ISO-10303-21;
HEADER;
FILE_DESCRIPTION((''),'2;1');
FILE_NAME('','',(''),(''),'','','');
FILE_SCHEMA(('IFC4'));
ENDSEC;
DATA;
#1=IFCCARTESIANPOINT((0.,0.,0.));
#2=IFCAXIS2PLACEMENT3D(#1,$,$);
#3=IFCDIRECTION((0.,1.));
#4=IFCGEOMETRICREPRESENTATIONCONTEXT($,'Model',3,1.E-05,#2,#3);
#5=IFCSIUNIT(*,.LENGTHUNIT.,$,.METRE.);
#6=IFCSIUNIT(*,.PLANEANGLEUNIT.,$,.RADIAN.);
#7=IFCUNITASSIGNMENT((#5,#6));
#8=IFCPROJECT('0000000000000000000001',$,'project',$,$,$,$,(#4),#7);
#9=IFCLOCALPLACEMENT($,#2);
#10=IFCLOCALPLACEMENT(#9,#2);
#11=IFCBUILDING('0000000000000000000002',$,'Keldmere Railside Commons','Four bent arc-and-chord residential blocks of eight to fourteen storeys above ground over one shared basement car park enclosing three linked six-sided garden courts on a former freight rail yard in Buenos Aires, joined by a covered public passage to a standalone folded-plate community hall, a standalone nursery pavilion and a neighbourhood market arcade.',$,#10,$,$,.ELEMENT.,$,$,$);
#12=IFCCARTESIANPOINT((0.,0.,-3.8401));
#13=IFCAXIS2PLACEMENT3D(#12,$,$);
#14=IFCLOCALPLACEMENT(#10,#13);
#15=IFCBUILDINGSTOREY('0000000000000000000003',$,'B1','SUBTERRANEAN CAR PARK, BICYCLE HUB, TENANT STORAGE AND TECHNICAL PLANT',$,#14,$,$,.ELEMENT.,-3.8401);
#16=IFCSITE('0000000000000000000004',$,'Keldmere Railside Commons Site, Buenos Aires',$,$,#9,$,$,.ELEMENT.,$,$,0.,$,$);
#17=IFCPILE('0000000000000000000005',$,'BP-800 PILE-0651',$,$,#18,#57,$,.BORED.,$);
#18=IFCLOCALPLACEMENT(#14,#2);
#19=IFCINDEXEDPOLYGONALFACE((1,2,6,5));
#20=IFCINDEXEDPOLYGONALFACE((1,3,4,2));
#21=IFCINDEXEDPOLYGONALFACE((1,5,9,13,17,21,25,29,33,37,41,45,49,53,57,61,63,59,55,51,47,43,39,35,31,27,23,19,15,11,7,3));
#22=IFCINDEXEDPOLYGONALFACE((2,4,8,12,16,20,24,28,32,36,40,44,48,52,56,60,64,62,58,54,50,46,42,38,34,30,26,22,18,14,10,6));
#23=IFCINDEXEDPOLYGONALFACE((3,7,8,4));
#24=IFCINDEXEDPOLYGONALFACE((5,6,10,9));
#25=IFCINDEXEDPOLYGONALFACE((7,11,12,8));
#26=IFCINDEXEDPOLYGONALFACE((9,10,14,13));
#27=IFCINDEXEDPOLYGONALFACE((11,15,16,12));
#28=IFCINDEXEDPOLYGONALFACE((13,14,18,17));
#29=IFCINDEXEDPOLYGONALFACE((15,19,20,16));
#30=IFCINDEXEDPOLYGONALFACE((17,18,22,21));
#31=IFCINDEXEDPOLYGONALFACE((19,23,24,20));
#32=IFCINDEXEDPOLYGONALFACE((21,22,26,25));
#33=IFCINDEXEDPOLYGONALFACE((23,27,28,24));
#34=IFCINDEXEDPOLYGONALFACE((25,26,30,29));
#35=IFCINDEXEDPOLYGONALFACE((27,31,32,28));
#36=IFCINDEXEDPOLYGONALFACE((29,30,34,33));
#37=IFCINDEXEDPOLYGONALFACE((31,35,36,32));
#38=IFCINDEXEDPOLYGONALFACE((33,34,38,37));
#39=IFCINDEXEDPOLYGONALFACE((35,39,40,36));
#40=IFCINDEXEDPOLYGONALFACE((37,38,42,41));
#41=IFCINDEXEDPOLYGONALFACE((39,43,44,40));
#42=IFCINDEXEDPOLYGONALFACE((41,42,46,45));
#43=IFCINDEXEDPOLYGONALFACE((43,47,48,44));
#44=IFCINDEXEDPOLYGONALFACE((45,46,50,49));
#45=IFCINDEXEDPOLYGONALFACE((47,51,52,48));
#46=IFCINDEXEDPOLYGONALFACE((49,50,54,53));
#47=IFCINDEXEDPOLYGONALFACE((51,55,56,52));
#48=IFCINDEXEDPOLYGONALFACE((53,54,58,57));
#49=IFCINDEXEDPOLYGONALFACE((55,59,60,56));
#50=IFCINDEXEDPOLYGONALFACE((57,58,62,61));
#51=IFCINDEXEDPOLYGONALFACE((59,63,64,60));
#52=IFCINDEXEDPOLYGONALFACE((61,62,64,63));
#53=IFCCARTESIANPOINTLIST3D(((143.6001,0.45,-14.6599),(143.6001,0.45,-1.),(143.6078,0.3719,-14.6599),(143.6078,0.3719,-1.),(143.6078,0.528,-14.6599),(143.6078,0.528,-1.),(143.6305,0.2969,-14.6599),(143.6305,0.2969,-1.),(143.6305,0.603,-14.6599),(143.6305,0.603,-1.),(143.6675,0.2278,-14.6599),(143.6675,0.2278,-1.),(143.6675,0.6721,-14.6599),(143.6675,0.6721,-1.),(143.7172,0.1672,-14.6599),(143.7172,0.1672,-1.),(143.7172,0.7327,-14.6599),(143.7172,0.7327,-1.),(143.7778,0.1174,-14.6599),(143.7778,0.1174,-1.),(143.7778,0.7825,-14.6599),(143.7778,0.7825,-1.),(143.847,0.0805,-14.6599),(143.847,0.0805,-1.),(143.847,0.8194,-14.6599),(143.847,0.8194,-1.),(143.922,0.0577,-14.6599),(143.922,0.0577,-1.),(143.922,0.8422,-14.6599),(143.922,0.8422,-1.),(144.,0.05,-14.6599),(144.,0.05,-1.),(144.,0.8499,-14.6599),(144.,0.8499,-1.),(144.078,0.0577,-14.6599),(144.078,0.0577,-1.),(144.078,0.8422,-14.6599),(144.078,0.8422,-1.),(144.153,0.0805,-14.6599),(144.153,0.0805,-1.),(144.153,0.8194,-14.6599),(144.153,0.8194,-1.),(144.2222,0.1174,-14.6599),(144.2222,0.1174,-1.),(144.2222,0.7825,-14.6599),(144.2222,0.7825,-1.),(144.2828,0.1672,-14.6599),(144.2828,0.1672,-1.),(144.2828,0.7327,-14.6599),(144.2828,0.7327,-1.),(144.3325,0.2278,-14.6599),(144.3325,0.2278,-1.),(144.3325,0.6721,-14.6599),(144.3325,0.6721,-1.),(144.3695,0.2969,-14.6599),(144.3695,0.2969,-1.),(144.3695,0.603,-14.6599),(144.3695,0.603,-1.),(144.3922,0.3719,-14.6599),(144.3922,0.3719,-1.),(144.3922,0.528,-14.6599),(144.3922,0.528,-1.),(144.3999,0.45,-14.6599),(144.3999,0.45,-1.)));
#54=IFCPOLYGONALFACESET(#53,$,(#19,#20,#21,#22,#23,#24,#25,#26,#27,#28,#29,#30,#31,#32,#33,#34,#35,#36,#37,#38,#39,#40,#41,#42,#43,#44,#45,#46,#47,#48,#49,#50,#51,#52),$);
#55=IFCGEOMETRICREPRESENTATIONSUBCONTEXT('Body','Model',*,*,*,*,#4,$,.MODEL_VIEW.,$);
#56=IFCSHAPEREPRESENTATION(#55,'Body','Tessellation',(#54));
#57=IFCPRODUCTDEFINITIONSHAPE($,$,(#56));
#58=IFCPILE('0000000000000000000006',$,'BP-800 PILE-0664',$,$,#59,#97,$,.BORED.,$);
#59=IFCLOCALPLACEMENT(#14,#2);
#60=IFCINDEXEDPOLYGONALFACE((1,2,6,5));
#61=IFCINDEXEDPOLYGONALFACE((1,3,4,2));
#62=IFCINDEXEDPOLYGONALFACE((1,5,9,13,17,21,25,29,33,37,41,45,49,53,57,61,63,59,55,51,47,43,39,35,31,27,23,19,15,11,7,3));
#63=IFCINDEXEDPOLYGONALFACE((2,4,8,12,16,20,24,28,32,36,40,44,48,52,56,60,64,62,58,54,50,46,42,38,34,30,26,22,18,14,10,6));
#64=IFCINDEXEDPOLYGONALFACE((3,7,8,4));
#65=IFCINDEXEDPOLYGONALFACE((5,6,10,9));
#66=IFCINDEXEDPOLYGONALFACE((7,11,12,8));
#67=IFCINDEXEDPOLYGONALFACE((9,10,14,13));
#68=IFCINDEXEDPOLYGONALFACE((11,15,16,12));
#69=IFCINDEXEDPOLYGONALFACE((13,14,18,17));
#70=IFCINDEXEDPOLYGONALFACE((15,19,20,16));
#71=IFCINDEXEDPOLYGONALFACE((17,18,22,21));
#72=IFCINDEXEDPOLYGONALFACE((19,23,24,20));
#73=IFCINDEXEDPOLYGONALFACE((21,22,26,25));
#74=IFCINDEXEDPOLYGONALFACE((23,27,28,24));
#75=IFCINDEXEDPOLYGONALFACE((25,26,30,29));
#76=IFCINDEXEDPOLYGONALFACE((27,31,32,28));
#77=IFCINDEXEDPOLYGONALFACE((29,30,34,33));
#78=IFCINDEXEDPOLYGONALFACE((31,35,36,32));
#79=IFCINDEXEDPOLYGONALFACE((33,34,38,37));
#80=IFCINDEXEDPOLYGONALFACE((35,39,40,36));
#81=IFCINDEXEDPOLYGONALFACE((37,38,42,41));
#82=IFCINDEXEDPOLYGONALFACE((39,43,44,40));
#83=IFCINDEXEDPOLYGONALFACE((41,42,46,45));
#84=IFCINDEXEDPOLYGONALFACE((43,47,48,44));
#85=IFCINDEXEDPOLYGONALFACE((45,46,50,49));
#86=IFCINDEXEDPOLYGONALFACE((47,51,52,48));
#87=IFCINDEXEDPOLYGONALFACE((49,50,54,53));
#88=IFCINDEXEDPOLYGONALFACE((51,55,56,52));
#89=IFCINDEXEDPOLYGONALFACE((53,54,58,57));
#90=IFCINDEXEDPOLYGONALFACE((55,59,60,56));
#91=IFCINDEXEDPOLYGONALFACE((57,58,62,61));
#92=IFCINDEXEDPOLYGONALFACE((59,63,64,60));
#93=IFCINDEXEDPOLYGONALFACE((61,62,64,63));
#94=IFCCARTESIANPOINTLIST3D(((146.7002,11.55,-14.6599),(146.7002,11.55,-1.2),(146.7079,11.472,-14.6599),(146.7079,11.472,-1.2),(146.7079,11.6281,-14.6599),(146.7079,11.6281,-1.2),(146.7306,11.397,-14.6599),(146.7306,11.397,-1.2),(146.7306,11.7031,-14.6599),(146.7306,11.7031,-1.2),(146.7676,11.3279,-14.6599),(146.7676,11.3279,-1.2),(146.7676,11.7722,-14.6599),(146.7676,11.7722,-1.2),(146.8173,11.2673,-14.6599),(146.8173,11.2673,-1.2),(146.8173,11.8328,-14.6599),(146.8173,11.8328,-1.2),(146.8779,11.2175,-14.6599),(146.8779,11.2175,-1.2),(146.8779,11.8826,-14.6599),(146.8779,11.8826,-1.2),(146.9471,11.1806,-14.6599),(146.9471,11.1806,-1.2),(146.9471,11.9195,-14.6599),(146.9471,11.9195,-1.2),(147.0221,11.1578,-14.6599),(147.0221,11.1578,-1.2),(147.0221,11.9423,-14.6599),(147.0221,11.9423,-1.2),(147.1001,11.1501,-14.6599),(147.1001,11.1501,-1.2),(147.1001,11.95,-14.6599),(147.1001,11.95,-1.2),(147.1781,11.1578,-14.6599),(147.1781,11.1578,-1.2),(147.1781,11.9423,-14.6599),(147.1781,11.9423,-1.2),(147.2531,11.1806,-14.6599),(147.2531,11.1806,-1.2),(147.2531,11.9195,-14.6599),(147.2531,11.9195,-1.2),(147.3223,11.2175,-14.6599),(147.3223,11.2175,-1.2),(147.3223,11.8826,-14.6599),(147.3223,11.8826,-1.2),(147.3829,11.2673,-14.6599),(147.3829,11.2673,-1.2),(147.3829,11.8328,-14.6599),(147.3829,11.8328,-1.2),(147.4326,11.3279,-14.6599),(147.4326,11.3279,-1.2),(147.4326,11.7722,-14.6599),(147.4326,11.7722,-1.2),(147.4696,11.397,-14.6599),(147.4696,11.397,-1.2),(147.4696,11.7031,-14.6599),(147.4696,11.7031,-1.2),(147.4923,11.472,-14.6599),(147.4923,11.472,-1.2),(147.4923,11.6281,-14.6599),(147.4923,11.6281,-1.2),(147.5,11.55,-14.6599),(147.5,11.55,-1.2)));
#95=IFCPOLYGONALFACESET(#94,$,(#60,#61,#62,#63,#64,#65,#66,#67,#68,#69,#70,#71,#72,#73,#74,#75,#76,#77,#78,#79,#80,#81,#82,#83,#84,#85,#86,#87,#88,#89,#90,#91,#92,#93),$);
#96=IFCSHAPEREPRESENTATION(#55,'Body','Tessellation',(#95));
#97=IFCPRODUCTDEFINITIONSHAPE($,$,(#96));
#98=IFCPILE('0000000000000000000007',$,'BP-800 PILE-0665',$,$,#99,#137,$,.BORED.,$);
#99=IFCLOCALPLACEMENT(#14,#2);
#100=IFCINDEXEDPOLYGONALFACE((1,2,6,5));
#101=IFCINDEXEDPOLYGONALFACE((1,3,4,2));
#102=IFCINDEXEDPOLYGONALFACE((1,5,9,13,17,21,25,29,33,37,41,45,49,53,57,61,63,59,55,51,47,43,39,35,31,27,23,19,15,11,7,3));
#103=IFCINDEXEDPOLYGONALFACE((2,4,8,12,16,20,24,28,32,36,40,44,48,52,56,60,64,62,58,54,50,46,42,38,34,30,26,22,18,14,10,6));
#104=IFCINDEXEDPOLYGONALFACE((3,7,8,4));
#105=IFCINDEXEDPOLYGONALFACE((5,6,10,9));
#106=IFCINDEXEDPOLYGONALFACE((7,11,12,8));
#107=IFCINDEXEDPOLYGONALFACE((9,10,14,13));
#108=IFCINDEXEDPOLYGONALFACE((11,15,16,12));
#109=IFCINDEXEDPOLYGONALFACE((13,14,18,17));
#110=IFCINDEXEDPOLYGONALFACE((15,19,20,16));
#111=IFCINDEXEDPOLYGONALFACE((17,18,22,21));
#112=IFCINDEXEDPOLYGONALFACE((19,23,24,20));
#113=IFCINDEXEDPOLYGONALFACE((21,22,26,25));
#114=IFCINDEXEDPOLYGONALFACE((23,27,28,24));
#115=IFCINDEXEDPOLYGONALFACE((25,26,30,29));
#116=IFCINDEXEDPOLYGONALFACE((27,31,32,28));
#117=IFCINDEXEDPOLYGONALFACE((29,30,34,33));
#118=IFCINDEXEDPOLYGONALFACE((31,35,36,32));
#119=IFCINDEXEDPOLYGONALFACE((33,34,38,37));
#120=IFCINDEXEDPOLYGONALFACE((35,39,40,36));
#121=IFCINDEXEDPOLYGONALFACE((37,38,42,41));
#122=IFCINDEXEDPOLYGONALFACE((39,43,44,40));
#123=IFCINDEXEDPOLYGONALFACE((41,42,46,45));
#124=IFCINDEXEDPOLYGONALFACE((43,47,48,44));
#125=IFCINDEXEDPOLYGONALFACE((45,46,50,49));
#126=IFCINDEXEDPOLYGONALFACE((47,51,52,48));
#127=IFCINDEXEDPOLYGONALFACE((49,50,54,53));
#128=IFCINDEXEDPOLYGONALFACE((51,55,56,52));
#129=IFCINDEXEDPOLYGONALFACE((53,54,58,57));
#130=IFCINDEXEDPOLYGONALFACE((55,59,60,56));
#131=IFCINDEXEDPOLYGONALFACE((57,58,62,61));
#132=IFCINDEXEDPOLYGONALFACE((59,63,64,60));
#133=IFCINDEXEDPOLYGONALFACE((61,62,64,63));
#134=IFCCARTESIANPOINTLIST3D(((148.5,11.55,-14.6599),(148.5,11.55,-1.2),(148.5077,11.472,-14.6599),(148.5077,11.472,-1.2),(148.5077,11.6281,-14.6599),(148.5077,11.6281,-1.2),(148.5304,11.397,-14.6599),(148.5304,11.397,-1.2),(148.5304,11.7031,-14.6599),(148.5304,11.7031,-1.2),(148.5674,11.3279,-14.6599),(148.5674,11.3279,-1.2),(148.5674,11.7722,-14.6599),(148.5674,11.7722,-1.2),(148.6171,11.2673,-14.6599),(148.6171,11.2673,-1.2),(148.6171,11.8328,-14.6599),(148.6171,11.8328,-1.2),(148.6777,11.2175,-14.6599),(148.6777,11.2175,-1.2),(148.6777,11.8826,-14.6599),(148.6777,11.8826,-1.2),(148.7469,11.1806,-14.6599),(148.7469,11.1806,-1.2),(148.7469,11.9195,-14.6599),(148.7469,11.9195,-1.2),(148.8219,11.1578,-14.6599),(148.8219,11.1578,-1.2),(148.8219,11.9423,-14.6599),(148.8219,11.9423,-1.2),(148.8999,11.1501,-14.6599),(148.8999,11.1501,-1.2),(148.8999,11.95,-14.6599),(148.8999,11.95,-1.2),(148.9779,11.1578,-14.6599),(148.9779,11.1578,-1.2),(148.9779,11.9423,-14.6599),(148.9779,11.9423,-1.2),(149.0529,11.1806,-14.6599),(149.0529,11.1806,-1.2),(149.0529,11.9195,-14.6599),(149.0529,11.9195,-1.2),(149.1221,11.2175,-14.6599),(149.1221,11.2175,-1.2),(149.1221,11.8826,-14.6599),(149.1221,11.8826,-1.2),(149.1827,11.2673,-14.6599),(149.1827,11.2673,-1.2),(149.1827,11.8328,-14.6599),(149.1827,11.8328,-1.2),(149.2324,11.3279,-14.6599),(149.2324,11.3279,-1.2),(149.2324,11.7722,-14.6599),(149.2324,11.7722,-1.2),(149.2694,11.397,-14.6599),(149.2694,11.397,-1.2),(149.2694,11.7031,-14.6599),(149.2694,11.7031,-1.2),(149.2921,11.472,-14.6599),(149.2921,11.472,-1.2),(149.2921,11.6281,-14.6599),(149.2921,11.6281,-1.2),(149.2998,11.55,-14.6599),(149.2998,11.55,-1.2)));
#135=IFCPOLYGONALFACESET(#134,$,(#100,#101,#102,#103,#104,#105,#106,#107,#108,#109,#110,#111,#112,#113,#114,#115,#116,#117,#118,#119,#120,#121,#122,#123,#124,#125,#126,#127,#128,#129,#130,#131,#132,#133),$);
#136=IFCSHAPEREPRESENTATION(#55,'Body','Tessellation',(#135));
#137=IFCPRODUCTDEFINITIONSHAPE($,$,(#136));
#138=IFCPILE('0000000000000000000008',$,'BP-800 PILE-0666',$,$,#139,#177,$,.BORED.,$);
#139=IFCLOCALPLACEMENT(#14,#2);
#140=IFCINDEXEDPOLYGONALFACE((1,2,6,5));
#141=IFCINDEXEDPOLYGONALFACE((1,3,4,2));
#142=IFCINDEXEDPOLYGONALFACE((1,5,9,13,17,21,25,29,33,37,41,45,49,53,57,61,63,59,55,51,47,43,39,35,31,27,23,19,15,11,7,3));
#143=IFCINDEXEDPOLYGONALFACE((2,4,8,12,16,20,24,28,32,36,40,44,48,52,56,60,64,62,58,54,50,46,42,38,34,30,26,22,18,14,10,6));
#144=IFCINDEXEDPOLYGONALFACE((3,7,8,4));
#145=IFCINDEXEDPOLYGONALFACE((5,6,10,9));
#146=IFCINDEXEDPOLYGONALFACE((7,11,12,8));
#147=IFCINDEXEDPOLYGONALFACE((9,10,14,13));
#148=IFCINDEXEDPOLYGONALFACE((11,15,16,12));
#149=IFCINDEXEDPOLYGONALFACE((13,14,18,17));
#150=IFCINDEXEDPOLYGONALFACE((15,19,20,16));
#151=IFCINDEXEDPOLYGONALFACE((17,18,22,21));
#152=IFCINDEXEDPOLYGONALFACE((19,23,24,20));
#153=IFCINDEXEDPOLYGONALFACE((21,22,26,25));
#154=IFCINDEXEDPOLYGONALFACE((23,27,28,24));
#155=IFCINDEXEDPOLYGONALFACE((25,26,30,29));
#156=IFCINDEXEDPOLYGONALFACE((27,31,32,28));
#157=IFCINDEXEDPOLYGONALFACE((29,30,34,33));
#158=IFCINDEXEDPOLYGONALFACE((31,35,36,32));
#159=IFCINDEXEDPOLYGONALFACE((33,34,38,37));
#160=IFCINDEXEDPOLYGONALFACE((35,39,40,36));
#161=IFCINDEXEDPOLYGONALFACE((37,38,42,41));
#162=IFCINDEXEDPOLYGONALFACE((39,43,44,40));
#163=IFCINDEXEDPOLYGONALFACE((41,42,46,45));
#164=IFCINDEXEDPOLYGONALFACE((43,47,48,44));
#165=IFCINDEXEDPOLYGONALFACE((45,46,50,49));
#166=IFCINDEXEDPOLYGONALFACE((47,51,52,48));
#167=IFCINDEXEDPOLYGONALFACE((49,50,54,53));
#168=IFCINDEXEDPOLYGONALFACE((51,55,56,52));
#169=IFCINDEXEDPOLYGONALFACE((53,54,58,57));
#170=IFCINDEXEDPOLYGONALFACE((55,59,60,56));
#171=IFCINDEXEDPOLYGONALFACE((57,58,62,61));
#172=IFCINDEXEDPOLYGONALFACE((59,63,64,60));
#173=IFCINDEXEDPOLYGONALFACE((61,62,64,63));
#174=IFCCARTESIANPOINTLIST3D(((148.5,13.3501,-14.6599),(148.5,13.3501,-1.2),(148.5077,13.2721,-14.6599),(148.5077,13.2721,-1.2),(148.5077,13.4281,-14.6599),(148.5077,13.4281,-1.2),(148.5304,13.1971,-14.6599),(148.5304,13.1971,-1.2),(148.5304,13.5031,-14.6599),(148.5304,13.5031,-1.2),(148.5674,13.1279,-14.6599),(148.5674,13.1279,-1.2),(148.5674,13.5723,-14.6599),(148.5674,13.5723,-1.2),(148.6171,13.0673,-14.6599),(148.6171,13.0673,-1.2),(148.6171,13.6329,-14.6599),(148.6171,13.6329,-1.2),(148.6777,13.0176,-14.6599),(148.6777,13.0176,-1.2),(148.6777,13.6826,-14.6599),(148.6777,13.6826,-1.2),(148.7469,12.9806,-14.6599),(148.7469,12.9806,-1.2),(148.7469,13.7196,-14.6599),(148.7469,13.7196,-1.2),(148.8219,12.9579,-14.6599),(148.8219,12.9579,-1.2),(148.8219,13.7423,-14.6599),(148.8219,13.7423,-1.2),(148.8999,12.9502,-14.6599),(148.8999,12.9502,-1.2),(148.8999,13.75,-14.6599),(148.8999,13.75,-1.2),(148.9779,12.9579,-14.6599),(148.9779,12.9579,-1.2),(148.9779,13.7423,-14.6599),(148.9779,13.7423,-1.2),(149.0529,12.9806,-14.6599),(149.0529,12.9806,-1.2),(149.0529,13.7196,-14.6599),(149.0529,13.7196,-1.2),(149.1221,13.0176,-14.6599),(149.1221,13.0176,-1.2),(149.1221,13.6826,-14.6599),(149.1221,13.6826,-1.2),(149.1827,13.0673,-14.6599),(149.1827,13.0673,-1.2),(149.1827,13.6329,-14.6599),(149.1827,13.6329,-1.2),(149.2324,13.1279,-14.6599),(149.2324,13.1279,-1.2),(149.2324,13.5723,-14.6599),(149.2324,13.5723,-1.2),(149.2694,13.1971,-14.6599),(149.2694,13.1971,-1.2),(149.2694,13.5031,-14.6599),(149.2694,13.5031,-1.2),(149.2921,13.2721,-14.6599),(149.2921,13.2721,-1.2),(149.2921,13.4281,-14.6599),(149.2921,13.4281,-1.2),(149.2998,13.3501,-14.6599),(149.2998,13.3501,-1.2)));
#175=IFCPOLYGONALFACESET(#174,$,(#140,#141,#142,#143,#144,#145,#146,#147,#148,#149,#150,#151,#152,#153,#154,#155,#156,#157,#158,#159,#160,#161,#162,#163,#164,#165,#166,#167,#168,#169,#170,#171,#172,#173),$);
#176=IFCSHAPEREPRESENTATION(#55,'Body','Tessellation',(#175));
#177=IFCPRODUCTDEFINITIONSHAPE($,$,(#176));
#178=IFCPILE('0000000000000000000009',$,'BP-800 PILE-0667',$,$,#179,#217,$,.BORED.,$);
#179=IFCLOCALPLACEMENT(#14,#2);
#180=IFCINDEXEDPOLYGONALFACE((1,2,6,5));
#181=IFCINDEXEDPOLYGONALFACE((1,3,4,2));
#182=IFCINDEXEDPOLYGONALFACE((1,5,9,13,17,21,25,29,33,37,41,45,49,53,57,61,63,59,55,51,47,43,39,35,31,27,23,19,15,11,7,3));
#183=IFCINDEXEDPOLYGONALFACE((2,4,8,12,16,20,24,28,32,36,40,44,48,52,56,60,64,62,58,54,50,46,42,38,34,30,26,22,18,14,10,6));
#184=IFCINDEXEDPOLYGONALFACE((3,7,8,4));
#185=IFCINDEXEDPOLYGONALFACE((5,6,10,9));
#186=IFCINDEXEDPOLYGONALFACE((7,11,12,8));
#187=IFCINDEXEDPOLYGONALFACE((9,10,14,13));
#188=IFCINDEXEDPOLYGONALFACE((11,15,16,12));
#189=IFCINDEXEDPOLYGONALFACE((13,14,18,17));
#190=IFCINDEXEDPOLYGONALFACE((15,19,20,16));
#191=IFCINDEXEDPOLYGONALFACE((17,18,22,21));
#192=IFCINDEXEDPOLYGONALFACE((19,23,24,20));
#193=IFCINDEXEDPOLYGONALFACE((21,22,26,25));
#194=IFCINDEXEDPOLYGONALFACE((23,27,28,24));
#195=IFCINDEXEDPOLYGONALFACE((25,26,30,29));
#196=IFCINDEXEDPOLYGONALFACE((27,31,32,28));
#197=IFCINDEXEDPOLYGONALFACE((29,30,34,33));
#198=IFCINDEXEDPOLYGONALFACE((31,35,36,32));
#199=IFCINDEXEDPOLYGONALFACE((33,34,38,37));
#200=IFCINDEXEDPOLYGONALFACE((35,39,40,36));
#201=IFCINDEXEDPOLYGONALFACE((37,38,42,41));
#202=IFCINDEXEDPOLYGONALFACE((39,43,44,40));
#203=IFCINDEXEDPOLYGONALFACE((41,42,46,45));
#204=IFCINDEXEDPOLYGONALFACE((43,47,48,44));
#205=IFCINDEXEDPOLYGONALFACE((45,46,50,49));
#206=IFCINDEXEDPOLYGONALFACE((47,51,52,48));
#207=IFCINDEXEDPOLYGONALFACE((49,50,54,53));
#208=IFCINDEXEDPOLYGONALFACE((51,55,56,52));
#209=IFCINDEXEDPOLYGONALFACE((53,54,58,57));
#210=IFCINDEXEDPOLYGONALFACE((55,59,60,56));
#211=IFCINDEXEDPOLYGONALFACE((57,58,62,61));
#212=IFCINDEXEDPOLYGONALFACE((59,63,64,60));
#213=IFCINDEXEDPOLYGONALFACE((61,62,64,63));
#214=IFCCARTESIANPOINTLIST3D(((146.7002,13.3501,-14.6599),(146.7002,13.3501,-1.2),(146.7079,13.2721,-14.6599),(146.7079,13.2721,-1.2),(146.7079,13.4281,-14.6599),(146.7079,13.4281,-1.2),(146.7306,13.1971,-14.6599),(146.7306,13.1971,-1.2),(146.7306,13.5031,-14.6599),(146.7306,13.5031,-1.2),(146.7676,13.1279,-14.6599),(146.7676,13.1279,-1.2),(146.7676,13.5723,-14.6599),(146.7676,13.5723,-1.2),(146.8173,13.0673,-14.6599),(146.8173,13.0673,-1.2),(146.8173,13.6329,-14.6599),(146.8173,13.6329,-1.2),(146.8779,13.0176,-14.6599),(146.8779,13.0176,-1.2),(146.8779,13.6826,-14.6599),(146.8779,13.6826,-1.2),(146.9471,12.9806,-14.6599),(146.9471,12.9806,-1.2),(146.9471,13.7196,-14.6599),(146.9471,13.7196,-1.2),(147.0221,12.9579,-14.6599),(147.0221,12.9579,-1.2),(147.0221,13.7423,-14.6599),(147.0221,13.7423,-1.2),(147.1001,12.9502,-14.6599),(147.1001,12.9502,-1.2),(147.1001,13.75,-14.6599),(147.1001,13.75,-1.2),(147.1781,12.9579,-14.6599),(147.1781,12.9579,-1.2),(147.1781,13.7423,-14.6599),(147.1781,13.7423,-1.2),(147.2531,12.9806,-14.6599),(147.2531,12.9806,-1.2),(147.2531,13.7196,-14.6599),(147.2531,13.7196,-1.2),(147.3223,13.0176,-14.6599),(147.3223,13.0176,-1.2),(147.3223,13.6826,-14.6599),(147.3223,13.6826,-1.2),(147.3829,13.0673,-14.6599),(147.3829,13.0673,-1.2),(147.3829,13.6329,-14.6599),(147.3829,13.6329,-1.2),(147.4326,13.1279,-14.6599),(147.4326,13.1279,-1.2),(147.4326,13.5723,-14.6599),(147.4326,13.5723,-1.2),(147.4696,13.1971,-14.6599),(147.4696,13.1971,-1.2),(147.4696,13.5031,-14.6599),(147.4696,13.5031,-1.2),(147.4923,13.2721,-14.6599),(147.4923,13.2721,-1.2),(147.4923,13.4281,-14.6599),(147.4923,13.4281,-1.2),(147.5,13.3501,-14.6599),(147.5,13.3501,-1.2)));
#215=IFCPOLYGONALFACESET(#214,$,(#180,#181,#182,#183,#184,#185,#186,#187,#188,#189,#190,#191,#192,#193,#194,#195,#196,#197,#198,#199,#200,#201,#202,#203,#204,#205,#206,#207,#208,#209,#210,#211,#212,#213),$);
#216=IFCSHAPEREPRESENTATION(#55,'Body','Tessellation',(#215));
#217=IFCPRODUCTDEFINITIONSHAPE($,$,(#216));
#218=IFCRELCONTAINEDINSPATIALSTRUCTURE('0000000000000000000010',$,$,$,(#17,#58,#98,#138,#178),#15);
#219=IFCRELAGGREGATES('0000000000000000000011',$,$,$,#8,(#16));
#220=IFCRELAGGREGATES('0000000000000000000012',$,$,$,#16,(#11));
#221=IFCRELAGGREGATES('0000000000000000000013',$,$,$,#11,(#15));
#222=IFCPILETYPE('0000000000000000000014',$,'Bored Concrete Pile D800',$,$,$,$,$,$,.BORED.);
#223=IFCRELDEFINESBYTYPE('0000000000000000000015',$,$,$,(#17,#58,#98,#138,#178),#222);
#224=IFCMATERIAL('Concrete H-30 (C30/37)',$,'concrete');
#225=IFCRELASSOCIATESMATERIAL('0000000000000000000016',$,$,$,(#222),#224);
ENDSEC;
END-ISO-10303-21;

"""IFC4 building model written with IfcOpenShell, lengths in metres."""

from ifc_helpers import new_model, si_unit, direction, frame, origin, origin_2d, place, context, subcontext, project, spatial, circle, extrude, material, material_profile, profile_set, type_object, element, save


model = new_model("IFC4")

# Units and contexts
model_context = context("Model", 3, precision=1e-05, world=origin(), true_north=direction((0.0, 1.0)))
body_context = subcontext(model_context, "Body", "Model", "MODEL_VIEW")
ifc_project = project(units=[si_unit("LENGTHUNIT", "METRE"), si_unit("PLANEANGLEUNIT", "RADIAN")], contexts=[model_context])

# Site, building, storey
site_placement = place(None, origin())
site = spatial("IfcSite", under=ifc_project, at=site_placement, Name="Keldmere Railside Commons Site, Buenos Aires", CompositionType="ELEMENT", RefElevation=0.0)
building_placement = place(site_placement, origin())
building = spatial("IfcBuilding", under=site, at=building_placement, Name="Keldmere Railside Commons", Description="Four bent arc-and-chord residential blocks of eight to fourteen storeys above ground over one shared basement car park enclosing three linked six-sided garden courts on a former freight rail yard in Buenos Aires, joined by a covered public passage to a standalone folded-plate community hall, a standalone nursery pavilion and a neighbourhood market arcade.", CompositionType="ELEMENT")
storey_placement = place(building_placement, frame((0.0, 0.0, -3.8401)))
storey = spatial("IfcBuildingStorey", under=building, at=storey_placement, Name="B1", Description="SUBTERRANEAN CAR PARK, BICYCLE HUB, TENANT STORAGE AND TECHNICAL PLANT", CompositionType="ELEMENT", Elevation=-3.8401)

# Piles
ifc_material_1 = material(Name="Concrete H-30 (C30/37)", Category="concrete")
ifc_material_profile_1 = material_profile(ifc_material_1, circle(Radius=0.3999, at=origin_2d()), Name="PILE-D800")
ifc_profile_set_1 = profile_set([ifc_material_profile_1], Name="Concrete H-30 (C30/37)")
pile_type = type_object("IfcPileType", Name="Bored Concrete Pile D800", PredefinedType="BORED", material=ifc_profile_set_1)
pile_placement = place(storey_placement, frame((144.0, 0.45, -1.0), z_axis=(0.0, 0.0, -1.0), x_axis=(1.0, 0.0, 0.0)))
element("IfcPile", 1, at=pile_placement, inside=storey, type_object=pile_type, Name="BP-800 PILE-0651", PredefinedType="BORED", context=body_context, shape_type="SweptSolid", body=[
    extrude(circle(Radius=0.3999, at=origin_2d()), origin(), (0.0, 0.0, 1.0), 13.6599),
])
for number, where, z_axis, x_axis, name in (
    (2, (147.1001, 11.55, -1.2), (0.0, 0.0, -1.0), (1.0, 0.0, 0.0), "BP-800 PILE-0664"),
    (3, (148.8999, 11.55, -1.2), (0.0, 0.0, -1.0), (1.0, 0.0, 0.0), "BP-800 PILE-0665"),
    (4, (148.8999, 13.3501, -1.2), (0.0, 0.0, -1.0), (1.0, 0.0, 0.0), "BP-800 PILE-0666"),
    (5, (147.1001, 13.3501, -1.2), (0.0, 0.0, -1.0), (1.0, 0.0, 0.0), "BP-800 PILE-0667"),
):
    element("IfcPile", number, at=place(storey_placement, frame(where, z_axis=z_axis, x_axis=x_axis)), inside=storey, type_object=pile_type, Name=name, PredefinedType="BORED", context=body_context, shape_type="SweptSolid", body=[
        extrude(circle(Radius=0.3999, at=origin_2d()), origin(), (0.0, 0.0, 1.0), 13.46),
    ])

save(model, "model.ifc")
